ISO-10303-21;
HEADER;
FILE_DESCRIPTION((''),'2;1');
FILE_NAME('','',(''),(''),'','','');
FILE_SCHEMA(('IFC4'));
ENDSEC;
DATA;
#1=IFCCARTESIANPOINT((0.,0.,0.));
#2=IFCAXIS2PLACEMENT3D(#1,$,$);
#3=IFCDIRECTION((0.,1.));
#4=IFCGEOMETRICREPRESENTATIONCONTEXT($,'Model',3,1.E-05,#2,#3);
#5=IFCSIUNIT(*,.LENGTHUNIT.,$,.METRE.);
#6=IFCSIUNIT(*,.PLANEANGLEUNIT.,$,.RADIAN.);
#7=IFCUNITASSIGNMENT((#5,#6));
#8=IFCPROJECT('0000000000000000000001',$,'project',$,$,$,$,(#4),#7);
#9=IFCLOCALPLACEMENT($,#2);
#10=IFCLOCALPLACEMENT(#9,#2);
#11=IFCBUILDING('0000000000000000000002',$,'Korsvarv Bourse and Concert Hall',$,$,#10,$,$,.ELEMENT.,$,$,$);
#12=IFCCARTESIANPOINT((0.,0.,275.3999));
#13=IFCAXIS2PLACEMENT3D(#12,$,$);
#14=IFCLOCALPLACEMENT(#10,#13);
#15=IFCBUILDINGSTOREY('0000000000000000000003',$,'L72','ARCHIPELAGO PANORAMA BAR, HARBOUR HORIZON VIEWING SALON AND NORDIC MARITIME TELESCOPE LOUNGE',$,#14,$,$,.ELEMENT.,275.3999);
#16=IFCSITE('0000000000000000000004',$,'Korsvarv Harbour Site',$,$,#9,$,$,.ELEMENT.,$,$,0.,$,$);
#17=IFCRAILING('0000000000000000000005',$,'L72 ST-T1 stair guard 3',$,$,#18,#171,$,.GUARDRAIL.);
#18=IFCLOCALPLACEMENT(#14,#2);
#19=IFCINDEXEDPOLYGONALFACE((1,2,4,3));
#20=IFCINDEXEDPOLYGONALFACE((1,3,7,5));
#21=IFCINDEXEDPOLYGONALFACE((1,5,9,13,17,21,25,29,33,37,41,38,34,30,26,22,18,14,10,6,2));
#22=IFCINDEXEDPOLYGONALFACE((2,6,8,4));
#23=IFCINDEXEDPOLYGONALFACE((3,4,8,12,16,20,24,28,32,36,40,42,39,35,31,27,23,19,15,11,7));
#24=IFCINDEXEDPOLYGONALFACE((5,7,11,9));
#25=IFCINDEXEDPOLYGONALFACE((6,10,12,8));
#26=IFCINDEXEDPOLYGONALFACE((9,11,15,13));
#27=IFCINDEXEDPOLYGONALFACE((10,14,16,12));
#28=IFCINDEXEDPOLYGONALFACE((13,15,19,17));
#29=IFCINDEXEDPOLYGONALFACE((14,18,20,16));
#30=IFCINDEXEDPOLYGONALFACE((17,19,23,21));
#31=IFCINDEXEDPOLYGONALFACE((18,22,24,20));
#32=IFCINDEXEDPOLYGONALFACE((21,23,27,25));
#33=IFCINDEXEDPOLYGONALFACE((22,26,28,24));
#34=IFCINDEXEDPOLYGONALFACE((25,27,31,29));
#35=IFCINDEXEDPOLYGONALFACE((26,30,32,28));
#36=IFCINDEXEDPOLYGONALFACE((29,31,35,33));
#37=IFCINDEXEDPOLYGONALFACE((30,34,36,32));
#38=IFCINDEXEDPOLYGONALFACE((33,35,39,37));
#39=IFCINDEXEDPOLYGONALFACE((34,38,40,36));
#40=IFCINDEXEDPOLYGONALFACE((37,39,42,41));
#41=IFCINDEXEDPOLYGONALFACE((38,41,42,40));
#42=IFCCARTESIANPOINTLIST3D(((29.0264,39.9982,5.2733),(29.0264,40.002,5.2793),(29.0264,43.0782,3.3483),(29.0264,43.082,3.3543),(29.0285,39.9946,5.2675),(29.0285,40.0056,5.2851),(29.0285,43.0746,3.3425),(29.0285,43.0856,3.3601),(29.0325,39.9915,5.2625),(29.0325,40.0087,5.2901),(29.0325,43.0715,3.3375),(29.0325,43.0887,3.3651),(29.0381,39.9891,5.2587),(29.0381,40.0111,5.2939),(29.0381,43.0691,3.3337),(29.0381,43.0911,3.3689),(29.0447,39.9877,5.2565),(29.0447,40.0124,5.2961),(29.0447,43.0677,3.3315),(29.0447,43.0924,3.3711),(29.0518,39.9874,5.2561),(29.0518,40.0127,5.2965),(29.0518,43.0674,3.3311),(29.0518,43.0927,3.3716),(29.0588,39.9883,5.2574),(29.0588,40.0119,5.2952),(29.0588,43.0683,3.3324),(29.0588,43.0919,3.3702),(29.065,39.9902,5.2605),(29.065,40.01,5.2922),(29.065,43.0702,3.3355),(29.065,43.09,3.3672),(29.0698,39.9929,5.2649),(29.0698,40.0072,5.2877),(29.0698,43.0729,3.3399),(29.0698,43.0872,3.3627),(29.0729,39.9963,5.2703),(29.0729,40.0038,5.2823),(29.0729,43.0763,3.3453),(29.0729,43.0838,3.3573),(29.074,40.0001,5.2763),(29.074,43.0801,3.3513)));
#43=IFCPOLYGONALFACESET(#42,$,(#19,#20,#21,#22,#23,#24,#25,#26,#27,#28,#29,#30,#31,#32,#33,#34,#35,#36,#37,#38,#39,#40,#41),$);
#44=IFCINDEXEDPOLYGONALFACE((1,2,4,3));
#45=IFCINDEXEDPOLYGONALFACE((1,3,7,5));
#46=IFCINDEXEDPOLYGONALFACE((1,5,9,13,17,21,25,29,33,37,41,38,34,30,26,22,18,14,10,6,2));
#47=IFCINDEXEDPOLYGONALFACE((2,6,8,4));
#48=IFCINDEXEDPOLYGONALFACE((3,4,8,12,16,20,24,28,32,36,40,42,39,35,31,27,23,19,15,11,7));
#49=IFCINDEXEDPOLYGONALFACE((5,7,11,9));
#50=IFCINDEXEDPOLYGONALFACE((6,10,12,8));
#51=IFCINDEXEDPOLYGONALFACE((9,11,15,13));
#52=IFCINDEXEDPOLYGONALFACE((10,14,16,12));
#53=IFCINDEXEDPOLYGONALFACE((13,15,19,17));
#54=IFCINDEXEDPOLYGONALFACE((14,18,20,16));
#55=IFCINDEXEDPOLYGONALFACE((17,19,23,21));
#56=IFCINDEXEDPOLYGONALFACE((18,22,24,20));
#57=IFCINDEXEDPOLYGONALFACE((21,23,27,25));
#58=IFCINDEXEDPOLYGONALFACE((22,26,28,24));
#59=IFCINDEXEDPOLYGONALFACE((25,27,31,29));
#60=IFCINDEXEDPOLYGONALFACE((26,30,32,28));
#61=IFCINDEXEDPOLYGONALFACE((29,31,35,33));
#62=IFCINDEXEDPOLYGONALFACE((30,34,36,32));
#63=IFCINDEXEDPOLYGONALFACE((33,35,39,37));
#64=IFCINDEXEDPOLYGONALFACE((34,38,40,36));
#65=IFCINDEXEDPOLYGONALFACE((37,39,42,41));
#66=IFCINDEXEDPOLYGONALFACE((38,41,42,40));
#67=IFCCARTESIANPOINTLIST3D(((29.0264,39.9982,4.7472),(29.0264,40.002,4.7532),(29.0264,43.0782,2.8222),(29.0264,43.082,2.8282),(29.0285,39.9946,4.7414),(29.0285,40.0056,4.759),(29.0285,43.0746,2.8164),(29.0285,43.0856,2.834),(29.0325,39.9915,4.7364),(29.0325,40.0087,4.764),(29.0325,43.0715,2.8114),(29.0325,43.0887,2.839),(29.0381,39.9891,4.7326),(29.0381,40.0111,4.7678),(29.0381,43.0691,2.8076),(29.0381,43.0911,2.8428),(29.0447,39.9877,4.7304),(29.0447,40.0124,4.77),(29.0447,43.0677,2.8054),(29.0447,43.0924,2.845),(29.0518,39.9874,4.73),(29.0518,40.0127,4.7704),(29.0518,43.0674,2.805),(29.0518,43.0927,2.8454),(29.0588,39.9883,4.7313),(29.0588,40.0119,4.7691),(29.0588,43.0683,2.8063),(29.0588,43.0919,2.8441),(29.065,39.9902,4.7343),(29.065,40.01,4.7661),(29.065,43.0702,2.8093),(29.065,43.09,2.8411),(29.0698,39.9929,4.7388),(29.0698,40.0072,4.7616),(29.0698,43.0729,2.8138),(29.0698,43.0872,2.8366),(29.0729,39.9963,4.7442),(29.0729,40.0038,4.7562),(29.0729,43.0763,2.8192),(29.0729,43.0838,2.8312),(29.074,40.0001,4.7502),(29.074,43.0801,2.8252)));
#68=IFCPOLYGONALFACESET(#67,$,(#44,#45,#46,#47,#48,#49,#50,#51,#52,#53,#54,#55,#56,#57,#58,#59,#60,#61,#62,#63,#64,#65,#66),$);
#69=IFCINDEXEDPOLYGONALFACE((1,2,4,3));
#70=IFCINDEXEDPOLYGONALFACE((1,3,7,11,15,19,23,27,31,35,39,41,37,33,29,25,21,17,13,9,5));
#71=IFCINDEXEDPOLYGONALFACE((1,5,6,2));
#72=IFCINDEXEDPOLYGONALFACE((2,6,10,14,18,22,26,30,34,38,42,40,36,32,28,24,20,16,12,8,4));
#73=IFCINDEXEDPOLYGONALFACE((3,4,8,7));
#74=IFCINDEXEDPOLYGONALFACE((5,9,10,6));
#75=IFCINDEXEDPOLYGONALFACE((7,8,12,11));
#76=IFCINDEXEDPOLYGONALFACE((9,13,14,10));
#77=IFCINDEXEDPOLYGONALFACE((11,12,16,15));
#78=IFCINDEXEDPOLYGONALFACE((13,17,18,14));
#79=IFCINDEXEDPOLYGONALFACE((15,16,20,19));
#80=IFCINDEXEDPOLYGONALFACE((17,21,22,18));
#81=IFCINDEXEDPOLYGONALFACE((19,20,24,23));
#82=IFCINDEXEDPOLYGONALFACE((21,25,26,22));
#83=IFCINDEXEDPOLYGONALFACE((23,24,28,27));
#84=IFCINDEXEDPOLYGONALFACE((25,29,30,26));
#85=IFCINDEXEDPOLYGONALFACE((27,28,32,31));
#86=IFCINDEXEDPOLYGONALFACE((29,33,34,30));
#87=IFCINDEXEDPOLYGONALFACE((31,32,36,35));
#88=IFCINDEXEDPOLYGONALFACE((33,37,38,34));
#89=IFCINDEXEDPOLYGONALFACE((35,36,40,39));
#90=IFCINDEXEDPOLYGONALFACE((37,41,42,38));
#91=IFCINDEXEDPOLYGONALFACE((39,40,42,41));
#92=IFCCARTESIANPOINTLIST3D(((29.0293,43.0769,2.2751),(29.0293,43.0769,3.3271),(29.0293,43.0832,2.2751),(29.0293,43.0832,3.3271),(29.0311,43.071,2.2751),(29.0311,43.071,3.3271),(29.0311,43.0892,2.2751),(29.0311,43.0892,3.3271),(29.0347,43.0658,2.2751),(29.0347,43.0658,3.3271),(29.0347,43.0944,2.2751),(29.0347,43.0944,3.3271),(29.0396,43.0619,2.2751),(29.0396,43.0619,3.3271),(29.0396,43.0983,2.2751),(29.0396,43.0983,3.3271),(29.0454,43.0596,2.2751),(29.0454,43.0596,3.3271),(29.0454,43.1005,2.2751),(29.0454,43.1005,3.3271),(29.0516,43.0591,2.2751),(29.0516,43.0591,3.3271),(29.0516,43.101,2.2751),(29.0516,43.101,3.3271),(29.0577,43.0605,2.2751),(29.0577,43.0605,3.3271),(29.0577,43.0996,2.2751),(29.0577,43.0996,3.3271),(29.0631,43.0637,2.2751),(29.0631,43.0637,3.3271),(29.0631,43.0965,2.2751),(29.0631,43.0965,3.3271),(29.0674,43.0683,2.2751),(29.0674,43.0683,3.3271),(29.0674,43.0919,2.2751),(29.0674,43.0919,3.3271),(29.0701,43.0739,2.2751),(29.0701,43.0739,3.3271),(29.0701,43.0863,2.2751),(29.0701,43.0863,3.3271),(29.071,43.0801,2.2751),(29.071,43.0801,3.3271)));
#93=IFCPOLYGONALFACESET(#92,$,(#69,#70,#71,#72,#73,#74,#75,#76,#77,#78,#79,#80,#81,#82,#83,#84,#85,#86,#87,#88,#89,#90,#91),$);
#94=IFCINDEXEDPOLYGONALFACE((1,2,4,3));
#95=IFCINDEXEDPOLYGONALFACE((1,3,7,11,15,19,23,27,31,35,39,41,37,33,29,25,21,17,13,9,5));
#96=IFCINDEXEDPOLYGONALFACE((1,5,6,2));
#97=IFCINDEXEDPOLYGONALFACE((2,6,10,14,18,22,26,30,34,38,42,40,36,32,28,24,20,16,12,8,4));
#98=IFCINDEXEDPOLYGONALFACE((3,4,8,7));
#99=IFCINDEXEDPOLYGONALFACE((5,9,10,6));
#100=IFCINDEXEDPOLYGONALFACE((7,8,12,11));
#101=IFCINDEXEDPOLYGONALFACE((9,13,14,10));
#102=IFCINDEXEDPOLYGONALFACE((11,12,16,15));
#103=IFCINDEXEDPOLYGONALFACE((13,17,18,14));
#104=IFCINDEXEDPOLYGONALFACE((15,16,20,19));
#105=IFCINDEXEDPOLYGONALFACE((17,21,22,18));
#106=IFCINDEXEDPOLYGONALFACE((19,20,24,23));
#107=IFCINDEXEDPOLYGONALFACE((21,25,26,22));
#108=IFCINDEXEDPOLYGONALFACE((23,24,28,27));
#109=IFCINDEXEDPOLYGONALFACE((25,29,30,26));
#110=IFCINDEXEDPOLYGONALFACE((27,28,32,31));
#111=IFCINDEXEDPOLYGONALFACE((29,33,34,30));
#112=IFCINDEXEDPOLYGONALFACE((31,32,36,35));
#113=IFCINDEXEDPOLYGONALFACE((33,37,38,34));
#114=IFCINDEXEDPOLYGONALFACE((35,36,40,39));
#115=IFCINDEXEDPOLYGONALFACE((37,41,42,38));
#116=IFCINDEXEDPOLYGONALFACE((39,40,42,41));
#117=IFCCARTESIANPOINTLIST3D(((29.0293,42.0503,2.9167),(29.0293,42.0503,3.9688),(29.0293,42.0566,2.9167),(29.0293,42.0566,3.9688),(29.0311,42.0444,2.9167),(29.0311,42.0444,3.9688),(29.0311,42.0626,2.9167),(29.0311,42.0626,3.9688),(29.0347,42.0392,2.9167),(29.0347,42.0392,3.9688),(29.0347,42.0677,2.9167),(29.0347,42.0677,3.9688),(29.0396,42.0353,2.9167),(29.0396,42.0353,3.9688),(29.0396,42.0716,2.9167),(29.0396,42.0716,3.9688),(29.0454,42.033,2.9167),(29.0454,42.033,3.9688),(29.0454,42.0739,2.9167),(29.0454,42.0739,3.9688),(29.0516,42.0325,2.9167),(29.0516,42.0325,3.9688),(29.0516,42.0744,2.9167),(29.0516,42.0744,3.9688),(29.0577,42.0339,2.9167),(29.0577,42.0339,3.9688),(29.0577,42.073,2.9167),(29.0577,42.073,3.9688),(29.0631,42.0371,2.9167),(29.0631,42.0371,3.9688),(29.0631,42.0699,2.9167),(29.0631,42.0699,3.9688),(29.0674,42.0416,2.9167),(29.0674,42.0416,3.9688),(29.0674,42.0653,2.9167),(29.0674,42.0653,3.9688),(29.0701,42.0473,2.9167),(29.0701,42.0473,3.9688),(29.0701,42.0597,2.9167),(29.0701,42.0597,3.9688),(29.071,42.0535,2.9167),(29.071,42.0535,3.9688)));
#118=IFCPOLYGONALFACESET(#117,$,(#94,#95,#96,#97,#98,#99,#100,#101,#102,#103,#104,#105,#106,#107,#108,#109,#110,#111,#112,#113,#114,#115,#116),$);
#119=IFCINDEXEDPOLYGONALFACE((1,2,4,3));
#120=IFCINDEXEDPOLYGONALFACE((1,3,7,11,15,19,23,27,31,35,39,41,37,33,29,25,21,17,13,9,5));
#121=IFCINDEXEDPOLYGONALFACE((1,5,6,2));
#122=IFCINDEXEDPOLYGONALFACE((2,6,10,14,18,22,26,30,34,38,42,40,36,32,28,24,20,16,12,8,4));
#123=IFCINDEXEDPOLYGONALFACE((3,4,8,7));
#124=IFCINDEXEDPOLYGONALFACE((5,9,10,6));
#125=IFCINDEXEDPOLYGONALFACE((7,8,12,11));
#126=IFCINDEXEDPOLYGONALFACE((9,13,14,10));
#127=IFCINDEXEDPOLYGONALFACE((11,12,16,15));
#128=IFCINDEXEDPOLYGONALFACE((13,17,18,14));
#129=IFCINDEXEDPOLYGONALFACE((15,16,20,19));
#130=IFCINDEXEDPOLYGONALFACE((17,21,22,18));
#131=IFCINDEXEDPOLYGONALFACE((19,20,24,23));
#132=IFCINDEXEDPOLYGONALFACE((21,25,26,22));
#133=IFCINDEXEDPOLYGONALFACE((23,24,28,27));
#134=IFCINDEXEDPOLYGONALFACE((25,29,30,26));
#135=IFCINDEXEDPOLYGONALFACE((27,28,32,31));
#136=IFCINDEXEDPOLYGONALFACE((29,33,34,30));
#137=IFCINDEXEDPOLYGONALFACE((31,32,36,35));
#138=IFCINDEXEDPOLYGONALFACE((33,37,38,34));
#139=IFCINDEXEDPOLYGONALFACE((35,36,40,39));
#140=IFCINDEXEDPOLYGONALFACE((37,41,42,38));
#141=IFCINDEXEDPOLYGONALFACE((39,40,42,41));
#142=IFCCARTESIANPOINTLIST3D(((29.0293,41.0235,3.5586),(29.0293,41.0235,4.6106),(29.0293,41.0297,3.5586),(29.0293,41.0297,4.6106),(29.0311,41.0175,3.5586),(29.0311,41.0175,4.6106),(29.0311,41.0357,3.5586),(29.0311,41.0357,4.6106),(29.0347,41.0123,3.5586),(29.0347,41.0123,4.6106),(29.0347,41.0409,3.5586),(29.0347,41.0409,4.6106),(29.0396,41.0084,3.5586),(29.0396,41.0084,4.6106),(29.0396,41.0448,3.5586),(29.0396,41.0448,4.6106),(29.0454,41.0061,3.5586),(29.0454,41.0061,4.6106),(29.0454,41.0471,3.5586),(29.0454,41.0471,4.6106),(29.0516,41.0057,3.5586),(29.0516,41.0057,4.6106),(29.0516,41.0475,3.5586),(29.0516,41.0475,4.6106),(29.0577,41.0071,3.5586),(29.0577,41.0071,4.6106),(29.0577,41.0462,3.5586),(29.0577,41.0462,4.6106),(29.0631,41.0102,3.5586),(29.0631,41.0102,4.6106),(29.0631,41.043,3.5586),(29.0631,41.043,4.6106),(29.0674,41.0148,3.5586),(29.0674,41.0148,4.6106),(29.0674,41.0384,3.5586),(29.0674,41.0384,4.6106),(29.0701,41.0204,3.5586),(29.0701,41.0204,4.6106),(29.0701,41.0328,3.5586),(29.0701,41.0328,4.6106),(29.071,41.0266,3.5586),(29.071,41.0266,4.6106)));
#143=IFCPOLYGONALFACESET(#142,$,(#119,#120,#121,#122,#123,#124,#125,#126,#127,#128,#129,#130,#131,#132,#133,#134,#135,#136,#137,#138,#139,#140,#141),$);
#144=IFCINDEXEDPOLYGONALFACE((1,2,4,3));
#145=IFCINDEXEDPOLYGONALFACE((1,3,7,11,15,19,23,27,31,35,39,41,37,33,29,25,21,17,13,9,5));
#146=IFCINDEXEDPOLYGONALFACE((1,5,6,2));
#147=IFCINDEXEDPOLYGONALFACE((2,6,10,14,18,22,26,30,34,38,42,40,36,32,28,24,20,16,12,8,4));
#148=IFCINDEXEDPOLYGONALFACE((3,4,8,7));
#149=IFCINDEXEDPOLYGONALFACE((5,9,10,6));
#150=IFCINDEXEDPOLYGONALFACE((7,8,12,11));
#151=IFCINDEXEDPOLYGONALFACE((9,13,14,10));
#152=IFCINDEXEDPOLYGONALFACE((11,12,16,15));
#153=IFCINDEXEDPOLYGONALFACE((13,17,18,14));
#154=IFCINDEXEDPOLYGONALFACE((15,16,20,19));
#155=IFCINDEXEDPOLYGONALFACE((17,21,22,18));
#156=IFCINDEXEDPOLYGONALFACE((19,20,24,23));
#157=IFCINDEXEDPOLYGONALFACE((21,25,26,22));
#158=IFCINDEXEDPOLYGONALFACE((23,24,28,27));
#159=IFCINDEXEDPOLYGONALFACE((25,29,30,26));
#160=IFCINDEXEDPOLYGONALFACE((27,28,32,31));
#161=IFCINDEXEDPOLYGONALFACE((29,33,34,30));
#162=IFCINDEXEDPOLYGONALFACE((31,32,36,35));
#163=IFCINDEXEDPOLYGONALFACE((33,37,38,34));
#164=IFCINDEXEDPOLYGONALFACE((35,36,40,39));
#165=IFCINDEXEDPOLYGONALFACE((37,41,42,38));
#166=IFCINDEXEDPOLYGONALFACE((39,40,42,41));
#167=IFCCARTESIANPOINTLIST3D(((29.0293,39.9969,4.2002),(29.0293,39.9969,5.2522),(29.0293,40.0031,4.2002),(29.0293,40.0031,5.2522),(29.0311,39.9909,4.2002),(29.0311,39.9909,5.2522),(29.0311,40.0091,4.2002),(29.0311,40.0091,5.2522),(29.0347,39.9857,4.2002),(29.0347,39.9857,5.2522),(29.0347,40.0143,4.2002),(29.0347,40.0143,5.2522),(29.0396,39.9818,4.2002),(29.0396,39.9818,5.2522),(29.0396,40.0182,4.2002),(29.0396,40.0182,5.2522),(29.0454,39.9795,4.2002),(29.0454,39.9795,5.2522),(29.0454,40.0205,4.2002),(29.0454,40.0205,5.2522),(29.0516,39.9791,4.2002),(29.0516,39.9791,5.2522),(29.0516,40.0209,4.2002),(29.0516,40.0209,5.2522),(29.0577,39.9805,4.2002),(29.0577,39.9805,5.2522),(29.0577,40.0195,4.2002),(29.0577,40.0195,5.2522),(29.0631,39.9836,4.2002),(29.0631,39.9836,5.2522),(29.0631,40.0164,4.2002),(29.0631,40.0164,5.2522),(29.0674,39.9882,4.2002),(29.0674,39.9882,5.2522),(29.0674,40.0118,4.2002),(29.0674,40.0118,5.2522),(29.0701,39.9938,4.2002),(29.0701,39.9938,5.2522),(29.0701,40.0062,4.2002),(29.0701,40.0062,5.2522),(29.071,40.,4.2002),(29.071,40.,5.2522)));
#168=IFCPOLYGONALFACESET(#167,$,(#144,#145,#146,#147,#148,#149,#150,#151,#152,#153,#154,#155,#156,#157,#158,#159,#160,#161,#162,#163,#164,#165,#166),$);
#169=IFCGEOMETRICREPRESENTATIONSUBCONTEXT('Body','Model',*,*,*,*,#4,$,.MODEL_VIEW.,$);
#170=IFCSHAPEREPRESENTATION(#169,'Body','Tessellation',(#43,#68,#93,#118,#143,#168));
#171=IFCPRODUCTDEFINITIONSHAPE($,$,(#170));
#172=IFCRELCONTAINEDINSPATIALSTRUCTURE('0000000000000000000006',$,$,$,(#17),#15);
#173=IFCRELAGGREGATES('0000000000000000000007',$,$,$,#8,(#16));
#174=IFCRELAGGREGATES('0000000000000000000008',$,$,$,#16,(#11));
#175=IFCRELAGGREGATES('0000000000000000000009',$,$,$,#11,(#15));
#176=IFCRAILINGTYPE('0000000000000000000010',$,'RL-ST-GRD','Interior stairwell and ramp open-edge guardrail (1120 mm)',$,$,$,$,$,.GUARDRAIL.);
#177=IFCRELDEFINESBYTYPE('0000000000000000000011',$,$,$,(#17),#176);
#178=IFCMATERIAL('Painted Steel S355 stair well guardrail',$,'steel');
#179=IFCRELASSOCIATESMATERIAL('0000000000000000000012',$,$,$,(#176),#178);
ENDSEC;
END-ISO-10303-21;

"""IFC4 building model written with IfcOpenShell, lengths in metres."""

from ifc_helpers import new_model, si_unit, direction, frame, origin, origin_2d, place, context, subcontext, project, spatial, circle, extrude, material, type_object, element, save


model = new_model("IFC4")

# Units and contexts
model_context = context("Model", 3, precision=1e-05, world=origin(), true_north=direction((0.0, 1.0)))
body_context = subcontext(model_context, "Body", "Model", "MODEL_VIEW")
ifc_project = project(units=[si_unit("LENGTHUNIT", "METRE"), si_unit("PLANEANGLEUNIT", "RADIAN")], contexts=[model_context])

# Site, building, storey
site_placement = place(None, origin())
site = spatial("IfcSite", under=ifc_project, at=site_placement, Name="Korsvarv Harbour Site", CompositionType="ELEMENT", RefElevation=0.0)
building_placement = place(site_placement, origin())
building = spatial("IfcBuilding", under=site, at=building_placement, Name="Korsvarv Bourse and Concert Hall", CompositionType="ELEMENT")
storey_placement = place(building_placement, frame((0.0, 0.0, 275.3999)))
storey = spatial("IfcBuildingStorey", under=building, at=storey_placement, Name="L72", Description="ARCHIPELAGO PANORAMA BAR, HARBOUR HORIZON VIEWING SALON AND NORDIC MARITIME TELESCOPE LOUNGE", CompositionType="ELEMENT", Elevation=275.3999)

# Railing
ifc_material_1 = material(Name="Painted Steel S355 stair well guardrail", Category="steel")
railing_type_1 = type_object("IfcRailingType", Name="RL-ST-GRD", Description="Interior stairwell and ramp open-edge guardrail (1120 mm)", PredefinedType="GUARDRAIL", material=ifc_material_1)
railing_1_placement = place(storey_placement, frame((29.05, 43.0801, 2.2751)))
element("IfcRailing", 1, at=railing_1_placement, inside=storey, type_object=railing_type_1, Name="L72 ST-T1 stair guard 3", PredefinedType="GUARDRAIL", context=body_context, shape_type="SweptSolid", body=[
    extrude(circle(Radius=0.0239, at=origin_2d()), frame((0.0, 0.0, 1.0762), z_axis=(0.0, -0.847998, 0.529999), x_axis=(1.0, 0.0, 0.0)), (0.0, 0.0, 1.0), 3.6321),
    extrude(circle(Radius=0.0239, at=origin_2d()), frame((0.0, 0.0, 0.55), z_axis=(0.0, -0.847998, 0.529999), x_axis=(1.0, 0.0, 0.0)), (0.0, 0.0, 1.0), 3.6321),
    extrude(circle(Radius=0.021, at=origin_2d()), origin(), (0.0, 0.0, 1.0), 1.052),
    extrude(circle(Radius=0.021, at=origin_2d()), frame((0.0, -1.0266, 0.6416)), (0.0, 0.0, 1.0), 1.052),
    extrude(circle(Radius=0.021, at=origin_2d()), frame((0.0, -2.0535, 1.2834)), (0.0, 0.0, 1.0), 1.052),
    extrude(circle(Radius=0.021, at=origin_2d()), frame((0.0, -3.0801, 1.925)), (0.0, 0.0, 1.0), 1.052),
])

save(model, "model.ifc")
